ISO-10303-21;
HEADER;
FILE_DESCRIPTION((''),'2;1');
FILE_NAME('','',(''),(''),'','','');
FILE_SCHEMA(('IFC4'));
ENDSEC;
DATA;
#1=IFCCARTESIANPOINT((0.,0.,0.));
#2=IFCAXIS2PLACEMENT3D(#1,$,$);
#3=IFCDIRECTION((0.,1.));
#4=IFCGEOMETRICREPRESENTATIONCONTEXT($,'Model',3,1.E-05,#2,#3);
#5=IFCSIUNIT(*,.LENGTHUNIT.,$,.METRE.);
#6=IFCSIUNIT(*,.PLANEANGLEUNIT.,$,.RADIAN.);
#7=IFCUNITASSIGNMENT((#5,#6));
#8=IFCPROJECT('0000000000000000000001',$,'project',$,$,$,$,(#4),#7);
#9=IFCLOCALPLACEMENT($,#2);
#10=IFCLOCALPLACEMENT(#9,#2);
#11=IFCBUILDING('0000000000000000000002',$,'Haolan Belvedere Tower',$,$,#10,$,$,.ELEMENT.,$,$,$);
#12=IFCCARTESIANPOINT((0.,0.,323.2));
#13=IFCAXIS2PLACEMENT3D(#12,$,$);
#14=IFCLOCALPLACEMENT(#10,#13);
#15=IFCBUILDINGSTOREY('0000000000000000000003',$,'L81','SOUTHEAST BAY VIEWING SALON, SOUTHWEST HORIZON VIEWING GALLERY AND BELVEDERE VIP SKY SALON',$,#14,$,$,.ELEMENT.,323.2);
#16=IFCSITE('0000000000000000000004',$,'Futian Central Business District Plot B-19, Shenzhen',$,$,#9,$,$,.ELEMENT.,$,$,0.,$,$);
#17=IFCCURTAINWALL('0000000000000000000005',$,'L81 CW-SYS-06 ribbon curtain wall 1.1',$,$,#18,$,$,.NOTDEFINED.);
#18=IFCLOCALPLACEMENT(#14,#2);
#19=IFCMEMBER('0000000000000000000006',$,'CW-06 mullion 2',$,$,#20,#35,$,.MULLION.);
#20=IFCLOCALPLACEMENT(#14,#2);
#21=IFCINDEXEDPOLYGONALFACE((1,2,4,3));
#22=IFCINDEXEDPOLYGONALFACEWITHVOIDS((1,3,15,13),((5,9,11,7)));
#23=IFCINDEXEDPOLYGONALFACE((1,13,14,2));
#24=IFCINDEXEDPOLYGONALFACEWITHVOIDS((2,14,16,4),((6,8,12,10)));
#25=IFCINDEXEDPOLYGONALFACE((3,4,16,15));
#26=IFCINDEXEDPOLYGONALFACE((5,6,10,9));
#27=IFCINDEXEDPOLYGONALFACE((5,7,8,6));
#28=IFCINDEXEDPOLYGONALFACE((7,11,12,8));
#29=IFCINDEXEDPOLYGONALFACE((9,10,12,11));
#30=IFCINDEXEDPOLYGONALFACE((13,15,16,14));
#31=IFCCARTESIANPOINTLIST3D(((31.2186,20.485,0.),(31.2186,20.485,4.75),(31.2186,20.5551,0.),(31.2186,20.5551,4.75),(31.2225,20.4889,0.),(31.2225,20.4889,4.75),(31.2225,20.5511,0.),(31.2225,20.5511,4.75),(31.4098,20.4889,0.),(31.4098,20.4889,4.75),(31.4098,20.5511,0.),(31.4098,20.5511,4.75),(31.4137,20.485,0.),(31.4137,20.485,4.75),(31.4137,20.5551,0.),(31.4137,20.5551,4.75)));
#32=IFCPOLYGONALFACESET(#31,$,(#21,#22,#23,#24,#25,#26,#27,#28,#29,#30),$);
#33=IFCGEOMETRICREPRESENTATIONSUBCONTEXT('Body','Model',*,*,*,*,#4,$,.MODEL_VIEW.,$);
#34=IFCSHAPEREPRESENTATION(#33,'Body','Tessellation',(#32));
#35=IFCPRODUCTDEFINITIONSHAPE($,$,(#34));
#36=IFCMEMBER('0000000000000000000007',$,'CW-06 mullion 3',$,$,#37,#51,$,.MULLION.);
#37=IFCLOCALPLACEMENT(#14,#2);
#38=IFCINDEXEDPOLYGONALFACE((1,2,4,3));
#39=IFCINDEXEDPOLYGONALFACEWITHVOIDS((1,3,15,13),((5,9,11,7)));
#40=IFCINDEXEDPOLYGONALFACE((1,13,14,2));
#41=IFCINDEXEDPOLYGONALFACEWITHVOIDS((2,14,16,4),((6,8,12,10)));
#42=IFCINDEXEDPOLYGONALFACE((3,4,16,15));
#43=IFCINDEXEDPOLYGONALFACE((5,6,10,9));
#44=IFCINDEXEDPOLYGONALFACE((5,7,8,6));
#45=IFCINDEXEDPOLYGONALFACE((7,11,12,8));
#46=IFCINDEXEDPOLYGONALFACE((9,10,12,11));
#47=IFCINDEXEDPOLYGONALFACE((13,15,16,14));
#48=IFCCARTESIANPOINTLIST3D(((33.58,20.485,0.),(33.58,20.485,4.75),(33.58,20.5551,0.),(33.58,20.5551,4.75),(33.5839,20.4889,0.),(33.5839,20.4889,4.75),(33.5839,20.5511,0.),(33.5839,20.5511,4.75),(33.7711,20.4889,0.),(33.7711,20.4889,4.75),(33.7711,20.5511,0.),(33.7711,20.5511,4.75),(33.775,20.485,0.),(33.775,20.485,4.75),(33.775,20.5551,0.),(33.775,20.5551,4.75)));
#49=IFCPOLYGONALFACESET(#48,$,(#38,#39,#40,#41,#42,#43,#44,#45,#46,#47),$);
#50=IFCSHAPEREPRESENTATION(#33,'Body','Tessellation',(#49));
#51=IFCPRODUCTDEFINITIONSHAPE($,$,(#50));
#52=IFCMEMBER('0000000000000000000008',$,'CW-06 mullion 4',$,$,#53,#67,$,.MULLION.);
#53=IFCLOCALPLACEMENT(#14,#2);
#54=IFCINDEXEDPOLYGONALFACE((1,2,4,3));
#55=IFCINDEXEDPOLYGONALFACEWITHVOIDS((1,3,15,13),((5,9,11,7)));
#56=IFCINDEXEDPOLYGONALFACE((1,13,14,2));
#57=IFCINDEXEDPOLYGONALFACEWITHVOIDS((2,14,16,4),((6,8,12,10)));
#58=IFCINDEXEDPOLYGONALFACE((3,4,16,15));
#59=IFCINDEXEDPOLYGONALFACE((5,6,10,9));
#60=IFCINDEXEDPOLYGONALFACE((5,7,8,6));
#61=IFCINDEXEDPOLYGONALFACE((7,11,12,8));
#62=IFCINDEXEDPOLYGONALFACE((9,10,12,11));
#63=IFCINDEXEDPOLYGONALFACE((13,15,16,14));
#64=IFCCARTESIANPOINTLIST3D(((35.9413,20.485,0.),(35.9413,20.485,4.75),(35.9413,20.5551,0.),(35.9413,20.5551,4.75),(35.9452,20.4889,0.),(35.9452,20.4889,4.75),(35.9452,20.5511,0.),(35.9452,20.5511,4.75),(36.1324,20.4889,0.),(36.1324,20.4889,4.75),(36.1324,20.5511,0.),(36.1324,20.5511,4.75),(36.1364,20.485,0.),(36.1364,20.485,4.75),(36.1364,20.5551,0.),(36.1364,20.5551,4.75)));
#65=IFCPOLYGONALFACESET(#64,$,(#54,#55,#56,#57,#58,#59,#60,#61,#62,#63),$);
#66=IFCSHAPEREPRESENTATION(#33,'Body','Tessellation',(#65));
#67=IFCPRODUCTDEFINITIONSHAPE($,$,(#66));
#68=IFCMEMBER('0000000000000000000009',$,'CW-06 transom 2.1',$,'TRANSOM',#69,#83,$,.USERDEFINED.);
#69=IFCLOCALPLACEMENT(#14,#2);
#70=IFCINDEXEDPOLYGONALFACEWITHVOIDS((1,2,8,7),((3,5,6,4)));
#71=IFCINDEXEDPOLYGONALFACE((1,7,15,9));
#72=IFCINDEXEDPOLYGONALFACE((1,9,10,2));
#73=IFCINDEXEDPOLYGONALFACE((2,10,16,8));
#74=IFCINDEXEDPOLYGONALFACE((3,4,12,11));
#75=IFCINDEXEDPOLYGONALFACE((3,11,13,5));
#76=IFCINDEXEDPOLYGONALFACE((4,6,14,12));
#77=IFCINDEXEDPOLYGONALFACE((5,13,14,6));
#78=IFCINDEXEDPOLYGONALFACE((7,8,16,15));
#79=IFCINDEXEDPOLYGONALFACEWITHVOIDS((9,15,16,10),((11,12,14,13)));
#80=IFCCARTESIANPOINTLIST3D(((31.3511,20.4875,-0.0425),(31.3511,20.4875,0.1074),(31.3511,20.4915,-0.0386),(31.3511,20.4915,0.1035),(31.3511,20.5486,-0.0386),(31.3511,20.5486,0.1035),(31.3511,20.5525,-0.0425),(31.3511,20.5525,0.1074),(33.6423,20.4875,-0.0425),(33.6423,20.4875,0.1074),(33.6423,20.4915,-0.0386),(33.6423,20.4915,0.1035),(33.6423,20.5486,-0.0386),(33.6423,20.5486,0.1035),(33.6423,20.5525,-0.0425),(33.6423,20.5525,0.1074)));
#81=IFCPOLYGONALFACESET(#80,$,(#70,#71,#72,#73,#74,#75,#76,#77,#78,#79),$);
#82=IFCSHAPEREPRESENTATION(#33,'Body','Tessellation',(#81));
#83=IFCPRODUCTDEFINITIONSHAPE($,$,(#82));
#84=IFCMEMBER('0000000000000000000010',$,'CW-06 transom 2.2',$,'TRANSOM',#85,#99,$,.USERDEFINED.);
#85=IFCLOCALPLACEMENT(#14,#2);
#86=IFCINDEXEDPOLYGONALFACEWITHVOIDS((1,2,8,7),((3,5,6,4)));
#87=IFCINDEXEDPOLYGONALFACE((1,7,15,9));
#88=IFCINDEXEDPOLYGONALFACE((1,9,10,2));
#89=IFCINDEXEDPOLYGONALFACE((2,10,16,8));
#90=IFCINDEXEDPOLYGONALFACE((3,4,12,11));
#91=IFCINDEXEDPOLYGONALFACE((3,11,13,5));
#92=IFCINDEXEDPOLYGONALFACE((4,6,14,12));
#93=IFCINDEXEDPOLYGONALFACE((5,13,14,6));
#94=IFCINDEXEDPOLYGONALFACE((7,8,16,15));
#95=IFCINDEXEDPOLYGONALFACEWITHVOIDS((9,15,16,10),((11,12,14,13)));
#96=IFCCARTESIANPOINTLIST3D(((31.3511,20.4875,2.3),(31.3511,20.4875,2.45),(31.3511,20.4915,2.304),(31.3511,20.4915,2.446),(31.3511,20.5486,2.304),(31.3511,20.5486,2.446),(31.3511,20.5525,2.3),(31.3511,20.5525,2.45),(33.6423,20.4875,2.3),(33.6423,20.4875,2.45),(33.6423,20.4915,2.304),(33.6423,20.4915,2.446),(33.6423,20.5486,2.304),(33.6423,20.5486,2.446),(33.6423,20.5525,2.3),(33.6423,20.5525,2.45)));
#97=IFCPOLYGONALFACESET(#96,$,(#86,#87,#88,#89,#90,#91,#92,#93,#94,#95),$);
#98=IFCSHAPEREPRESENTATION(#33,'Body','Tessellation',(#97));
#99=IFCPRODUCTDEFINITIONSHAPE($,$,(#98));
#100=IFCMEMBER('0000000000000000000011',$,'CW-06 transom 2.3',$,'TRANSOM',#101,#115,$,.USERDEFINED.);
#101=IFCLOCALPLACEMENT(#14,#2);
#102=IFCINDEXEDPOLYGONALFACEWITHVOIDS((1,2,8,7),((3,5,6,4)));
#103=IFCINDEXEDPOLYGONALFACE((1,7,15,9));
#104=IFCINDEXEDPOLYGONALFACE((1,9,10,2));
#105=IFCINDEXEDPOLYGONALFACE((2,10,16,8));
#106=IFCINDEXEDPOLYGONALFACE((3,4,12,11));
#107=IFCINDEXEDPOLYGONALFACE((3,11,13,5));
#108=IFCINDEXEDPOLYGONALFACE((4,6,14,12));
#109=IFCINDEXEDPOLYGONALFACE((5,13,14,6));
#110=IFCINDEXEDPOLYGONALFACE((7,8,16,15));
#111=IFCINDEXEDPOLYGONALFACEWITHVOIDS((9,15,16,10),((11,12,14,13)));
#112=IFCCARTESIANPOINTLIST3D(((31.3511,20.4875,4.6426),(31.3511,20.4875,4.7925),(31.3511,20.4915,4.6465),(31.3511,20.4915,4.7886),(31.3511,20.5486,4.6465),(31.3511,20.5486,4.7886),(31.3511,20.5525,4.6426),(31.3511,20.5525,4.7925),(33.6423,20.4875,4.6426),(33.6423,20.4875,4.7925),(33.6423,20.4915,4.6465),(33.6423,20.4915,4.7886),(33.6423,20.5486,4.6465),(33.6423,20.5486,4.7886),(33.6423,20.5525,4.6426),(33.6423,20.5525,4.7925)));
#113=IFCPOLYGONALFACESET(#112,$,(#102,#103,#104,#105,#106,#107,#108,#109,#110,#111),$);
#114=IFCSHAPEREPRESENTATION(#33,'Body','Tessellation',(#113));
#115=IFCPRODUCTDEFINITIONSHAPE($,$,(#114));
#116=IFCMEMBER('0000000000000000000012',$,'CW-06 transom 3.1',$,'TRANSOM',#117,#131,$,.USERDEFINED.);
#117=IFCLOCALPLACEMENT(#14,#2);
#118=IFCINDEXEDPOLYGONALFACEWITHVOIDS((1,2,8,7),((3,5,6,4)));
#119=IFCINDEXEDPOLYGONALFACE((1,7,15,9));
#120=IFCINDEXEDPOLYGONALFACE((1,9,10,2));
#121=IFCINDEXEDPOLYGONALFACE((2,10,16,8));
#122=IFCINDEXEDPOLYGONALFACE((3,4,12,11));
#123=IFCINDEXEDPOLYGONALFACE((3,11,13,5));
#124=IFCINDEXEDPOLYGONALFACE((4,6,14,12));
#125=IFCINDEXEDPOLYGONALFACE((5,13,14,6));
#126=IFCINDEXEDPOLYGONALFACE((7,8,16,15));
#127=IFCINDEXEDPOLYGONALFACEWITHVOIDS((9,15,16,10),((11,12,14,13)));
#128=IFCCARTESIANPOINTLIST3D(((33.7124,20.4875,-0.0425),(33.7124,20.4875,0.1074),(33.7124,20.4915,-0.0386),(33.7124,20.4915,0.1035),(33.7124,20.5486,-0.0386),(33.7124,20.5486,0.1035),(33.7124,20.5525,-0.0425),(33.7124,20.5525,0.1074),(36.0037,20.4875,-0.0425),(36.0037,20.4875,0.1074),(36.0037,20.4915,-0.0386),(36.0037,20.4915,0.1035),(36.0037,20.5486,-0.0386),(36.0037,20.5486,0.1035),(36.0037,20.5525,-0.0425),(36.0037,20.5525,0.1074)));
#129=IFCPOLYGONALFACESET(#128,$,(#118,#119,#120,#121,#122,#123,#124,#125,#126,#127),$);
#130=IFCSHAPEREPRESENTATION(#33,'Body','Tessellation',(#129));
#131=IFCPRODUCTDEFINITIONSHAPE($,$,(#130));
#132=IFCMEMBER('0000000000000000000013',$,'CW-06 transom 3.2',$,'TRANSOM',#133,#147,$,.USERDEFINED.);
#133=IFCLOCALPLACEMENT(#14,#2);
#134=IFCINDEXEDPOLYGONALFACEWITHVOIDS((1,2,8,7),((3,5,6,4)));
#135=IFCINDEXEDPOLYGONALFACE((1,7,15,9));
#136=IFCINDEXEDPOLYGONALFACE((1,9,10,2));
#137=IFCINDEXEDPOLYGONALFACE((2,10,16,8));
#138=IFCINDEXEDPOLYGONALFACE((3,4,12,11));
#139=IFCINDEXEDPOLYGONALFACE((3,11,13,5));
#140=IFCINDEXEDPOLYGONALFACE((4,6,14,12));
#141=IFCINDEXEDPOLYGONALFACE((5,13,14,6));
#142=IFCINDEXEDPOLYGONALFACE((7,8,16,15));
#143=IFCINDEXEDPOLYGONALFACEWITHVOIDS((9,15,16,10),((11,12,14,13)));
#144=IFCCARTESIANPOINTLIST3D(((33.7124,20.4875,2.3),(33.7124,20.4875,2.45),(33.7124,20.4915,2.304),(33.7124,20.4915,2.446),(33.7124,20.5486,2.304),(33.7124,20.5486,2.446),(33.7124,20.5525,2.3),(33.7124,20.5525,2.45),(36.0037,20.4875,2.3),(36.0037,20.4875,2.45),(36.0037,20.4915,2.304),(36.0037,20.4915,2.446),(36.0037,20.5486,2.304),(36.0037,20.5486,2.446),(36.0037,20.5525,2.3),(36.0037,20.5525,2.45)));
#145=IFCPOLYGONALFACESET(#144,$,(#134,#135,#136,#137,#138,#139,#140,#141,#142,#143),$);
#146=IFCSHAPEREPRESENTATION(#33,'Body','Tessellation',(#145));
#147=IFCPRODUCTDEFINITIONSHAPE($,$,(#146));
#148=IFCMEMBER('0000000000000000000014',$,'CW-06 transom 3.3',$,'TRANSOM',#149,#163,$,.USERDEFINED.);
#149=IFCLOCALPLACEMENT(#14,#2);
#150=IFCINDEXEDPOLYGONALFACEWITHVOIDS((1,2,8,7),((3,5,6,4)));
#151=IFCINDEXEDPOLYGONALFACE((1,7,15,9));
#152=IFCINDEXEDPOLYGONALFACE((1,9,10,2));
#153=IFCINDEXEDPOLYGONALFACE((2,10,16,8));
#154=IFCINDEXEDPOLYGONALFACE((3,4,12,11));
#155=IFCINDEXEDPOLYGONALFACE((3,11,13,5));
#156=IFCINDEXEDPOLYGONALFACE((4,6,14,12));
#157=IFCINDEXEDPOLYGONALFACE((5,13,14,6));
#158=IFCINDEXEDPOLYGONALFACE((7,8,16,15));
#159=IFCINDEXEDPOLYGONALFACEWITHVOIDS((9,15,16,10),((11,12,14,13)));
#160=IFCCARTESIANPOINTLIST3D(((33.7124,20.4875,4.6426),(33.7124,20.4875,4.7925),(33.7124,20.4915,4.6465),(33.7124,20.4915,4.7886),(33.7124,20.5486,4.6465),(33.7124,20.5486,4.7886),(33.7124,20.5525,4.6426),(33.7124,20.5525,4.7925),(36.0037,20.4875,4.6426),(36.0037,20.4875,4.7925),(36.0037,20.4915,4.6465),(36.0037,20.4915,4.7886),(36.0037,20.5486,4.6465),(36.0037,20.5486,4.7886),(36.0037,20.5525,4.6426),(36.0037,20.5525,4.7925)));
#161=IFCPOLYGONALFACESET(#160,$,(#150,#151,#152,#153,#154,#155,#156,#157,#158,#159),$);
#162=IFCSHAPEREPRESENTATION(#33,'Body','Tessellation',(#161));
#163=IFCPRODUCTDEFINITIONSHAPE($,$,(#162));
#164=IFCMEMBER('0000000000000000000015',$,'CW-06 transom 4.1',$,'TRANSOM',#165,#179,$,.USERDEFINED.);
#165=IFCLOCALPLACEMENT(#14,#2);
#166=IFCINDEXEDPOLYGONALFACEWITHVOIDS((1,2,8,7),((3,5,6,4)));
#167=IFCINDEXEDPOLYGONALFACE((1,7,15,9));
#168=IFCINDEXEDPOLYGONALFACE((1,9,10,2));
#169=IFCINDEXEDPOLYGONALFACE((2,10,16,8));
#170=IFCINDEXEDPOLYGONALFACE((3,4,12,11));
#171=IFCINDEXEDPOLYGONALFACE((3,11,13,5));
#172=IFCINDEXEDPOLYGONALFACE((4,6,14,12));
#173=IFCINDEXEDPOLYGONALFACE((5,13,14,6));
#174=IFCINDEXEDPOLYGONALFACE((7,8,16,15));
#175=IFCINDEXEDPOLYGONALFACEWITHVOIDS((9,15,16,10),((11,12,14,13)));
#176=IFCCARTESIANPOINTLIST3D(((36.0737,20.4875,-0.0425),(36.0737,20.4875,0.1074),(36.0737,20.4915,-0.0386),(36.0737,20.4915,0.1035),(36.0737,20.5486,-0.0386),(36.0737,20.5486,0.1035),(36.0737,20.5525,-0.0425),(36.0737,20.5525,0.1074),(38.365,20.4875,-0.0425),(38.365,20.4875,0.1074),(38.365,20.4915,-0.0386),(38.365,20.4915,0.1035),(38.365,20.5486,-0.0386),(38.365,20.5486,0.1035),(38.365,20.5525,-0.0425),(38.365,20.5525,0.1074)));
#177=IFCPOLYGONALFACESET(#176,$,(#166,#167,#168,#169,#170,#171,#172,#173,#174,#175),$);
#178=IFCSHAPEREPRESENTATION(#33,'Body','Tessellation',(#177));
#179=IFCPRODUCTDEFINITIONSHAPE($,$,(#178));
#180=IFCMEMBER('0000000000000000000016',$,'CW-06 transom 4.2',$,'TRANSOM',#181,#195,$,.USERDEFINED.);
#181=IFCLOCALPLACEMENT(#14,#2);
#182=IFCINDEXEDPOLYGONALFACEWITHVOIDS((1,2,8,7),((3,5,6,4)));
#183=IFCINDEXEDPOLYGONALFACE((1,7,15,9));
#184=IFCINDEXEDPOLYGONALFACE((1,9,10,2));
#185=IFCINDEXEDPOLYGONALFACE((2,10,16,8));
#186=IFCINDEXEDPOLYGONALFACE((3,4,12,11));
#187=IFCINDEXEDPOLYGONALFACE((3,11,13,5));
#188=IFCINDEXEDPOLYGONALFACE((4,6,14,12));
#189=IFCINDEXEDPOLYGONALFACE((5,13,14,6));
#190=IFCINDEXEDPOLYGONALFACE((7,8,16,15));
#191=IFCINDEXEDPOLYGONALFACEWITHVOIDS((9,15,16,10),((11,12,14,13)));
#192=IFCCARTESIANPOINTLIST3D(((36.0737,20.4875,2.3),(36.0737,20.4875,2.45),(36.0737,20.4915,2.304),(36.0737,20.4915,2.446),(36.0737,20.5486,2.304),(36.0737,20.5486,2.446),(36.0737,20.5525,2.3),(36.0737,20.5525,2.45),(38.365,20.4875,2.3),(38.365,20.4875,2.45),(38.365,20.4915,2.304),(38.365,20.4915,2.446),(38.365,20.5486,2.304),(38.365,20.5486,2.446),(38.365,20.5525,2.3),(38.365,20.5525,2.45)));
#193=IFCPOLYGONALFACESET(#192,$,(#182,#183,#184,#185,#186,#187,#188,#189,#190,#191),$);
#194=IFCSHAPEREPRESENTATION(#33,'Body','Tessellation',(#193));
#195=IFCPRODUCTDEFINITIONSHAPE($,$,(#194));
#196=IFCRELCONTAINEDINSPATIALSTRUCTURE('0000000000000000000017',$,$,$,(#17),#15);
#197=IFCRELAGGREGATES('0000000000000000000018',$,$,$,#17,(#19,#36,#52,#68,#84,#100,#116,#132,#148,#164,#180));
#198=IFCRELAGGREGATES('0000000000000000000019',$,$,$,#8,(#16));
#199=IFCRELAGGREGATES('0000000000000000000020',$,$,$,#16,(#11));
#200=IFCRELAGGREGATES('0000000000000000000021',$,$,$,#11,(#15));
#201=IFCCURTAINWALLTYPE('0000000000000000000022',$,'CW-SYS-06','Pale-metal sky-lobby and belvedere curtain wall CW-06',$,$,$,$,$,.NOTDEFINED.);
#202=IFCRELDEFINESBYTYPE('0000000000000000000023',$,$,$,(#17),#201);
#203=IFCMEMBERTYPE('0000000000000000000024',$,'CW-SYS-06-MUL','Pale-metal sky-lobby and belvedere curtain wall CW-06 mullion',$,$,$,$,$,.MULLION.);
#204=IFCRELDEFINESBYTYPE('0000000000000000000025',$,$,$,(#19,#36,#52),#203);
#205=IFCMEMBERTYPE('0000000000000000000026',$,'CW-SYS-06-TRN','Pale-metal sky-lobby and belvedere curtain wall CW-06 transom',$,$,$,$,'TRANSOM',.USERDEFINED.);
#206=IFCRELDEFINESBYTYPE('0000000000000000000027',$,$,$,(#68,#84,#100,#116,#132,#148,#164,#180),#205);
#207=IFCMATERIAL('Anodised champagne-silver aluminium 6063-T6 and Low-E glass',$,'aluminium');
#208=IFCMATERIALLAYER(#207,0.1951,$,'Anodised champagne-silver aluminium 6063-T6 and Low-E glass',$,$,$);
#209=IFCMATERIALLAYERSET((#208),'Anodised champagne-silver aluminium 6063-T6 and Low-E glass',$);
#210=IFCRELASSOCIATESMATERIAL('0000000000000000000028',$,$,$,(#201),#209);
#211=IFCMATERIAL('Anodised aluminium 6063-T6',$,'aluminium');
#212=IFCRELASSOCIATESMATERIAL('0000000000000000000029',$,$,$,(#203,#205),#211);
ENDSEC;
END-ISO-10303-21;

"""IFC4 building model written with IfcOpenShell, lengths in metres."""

from ifc_helpers import new_model, si_unit, direction, frame, origin, origin_2d, place, context, subcontext, project, spatial, hollow_rectangle, extrude, material, layer, layer_set, material_profile, profile_set, type_object, element, aggregate, save


model = new_model("IFC4")

# Units and contexts
model_context = context("Model", 3, precision=1e-05, world=origin(), true_north=direction((0.0, 1.0)))
body_context = subcontext(model_context, "Body", "Model", "MODEL_VIEW")
ifc_project = project(units=[si_unit("LENGTHUNIT", "METRE"), si_unit("PLANEANGLEUNIT", "RADIAN")], contexts=[model_context])

# Site, building, storey
site_placement = place(None, origin())
site = spatial("IfcSite", under=ifc_project, at=site_placement, Name="Futian Central Business District Plot B-19, Shenzhen", CompositionType="ELEMENT", RefElevation=0.0)
building_placement = place(site_placement, origin())
building = spatial("IfcBuilding", under=site, at=building_placement, Name="Haolan Belvedere Tower", CompositionType="ELEMENT")
storey_placement = place(building_placement, frame((0.0, 0.0, 323.2)))
storey = spatial("IfcBuildingStorey", under=building, at=storey_placement, Name="L81", Description="SOUTHEAST BAY VIEWING SALON, SOUTHWEST HORIZON VIEWING GALLERY AND BELVEDERE VIP SKY SALON", CompositionType="ELEMENT", Elevation=323.2)

# Curtain wall, members
ifc_material_1 = material(Name="Anodised champagne-silver aluminium 6063-T6 and Low-E glass", Category="aluminium")
ifc_layer_1 = layer(ifc_material_1, 0.1951, Name="Anodised champagne-silver aluminium 6063-T6 and Low-E glass")
ifc_layer_set_1 = layer_set([ifc_layer_1], Name="Anodised champagne-silver aluminium 6063-T6 and Low-E glass")
curtain_wall_type = type_object("IfcCurtainWallType", Name="CW-SYS-06", Description="Pale-metal sky-lobby and belvedere curtain wall CW-06", PredefinedType="NOTDEFINED", material=ifc_layer_set_1)
curtain_wall_placement = place(storey_placement, origin())
curtain_wall = element("IfcCurtainWall", 1, at=curtain_wall_placement, inside=storey, type_object=curtain_wall_type, Name="L81 CW-SYS-06 ribbon curtain wall 1.1", PredefinedType="NOTDEFINED")
ifc_material_2 = material(Name="Anodised aluminium 6063-T6", Category="aluminium")
ifc_material_profile_1 = material_profile(ifc_material_2, hollow_rectangle(XDim=0.0701, YDim=0.1951, WallThickness=0.0039, at=origin_2d()), Name="Anodised aluminium 6063-T6")
ifc_profile_set_1 = profile_set([ifc_material_profile_1], Name="Anodised aluminium 6063-T6")
member_type_1 = type_object("IfcMemberType", Name="CW-SYS-06-MUL", Description="Pale-metal sky-lobby and belvedere curtain wall CW-06 mullion", PredefinedType="MULLION", material=ifc_profile_set_1)
member_1_placement = place(storey_placement, frame((31.3162, 20.52, 0.0), z_axis=(0.0, 0.0, 1.0), x_axis=(0.0, 1.0, 0.0)))
member_1 = element("IfcMember", 2, at=member_1_placement, type_object=member_type_1, Name="CW-06 mullion 2", PredefinedType="MULLION", context=body_context, shape_type="SweptSolid", body=[
    extrude(hollow_rectangle(XDim=0.0701, YDim=0.1951, WallThickness=0.0039, at=origin_2d()), origin(), (0.0, 0.0, 1.0), 4.75),
])
member_2_placement = place(storey_placement, frame((33.6775, 20.52, 0.0), z_axis=(0.0, 0.0, 1.0), x_axis=(0.0, 1.0, 0.0)))
member_2 = element("IfcMember", 3, at=member_2_placement, type_object=member_type_1, Name="CW-06 mullion 3", PredefinedType="MULLION", context=body_context, shape_type="SweptSolid", body=[
    extrude(hollow_rectangle(XDim=0.0701, YDim=0.1951, WallThickness=0.0039, at=origin_2d()), origin(), (0.0, 0.0, 1.0), 4.75),
])
member_3_placement = place(storey_placement, frame((36.0388, 20.52, 0.0), z_axis=(0.0, 0.0, 1.0), x_axis=(0.0, 1.0, 0.0)))
member_3 = element("IfcMember", 4, at=member_3_placement, type_object=member_type_1, Name="CW-06 mullion 4", PredefinedType="MULLION", context=body_context, shape_type="SweptSolid", body=[
    extrude(hollow_rectangle(XDim=0.0701, YDim=0.1951, WallThickness=0.0039, at=origin_2d()), origin(), (0.0, 0.0, 1.0), 4.75),
])
ifc_material_profile_2 = material_profile(ifc_material_2, hollow_rectangle(XDim=0.0649, YDim=0.1499, WallThickness=0.0039, at=origin_2d()), Name="Anodised aluminium 6063-T6")
ifc_profile_set_2 = profile_set([ifc_material_profile_2], Name="Anodised aluminium 6063-T6")
member_type_2 = type_object("IfcMemberType", Name="CW-SYS-06-TRN", Description="Pale-metal sky-lobby and belvedere curtain wall CW-06 transom", ElementType="TRANSOM", PredefinedType="USERDEFINED", material=ifc_profile_set_2)
member_4_placement = place(storey_placement, frame((31.3511, 20.52, 0.0325), z_axis=(1.0, 0.0, 0.0), x_axis=(0.0, 1.0, 0.0)))
member_4 = element("IfcMember", 5, at=member_4_placement, type_object=member_type_2, Name="CW-06 transom 2.1", ObjectType="TRANSOM", PredefinedType="USERDEFINED", context=body_context, shape_type="SweptSolid", body=[
    extrude(hollow_rectangle(XDim=0.0649, YDim=0.1499, WallThickness=0.0039, at=origin_2d()), origin(), (0.0, 0.0, 1.0), 2.2913),
])
member_5_placement = place(storey_placement, frame((31.3511, 20.52, 2.375), z_axis=(1.0, 0.0, 0.0), x_axis=(0.0, 1.0, 0.0)))
member_5 = element("IfcMember", 6, at=member_5_placement, type_object=member_type_2, Name="CW-06 transom 2.2", ObjectType="TRANSOM", PredefinedType="USERDEFINED", context=body_context, shape_type="SweptSolid", body=[
    extrude(hollow_rectangle(XDim=0.0649, YDim=0.1499, WallThickness=0.0039, at=origin_2d()), origin(), (0.0, 0.0, 1.0), 2.2913),
])
member_6_placement = place(storey_placement, frame((31.3511, 20.52, 4.7175), z_axis=(1.0, 0.0, 0.0), x_axis=(0.0, 1.0, 0.0)))
member_6 = element("IfcMember", 7, at=member_6_placement, type_object=member_type_2, Name="CW-06 transom 2.3", ObjectType="TRANSOM", PredefinedType="USERDEFINED", context=body_context, shape_type="SweptSolid", body=[
    extrude(hollow_rectangle(XDim=0.0649, YDim=0.1499, WallThickness=0.0039, at=origin_2d()), origin(), (0.0, 0.0, 1.0), 2.2913),
])
member_7_placement = place(storey_placement, frame((33.7124, 20.52, 0.0325), z_axis=(1.0, 0.0, 0.0), x_axis=(0.0, 1.0, 0.0)))
member_7 = element("IfcMember", 8, at=member_7_placement, type_object=member_type_2, Name="CW-06 transom 3.1", ObjectType="TRANSOM", PredefinedType="USERDEFINED", context=body_context, shape_type="SweptSolid", body=[
    extrude(hollow_rectangle(XDim=0.0649, YDim=0.1499, WallThickness=0.0039, at=origin_2d()), origin(), (0.0, 0.0, 1.0), 2.2913),
])
member_8_placement = place(storey_placement, frame((33.7124, 20.52, 2.375), z_axis=(1.0, 0.0, 0.0), x_axis=(0.0, 1.0, 0.0)))
member_8 = element("IfcMember", 9, at=member_8_placement, type_object=member_type_2, Name="CW-06 transom 3.2", ObjectType="TRANSOM", PredefinedType="USERDEFINED", context=body_context, shape_type="SweptSolid", body=[
    extrude(hollow_rectangle(XDim=0.0649, YDim=0.1499, WallThickness=0.0039, at=origin_2d()), origin(), (0.0, 0.0, 1.0), 2.2913),
])
member_9_placement = place(storey_placement, frame((33.7124, 20.52, 4.7175), z_axis=(1.0, 0.0, 0.0), x_axis=(0.0, 1.0, 0.0)))
member_9 = element("IfcMember", 10, at=member_9_placement, type_object=member_type_2, Name="CW-06 transom 3.3", ObjectType="TRANSOM", PredefinedType="USERDEFINED", context=body_context, shape_type="SweptSolid", body=[
    extrude(hollow_rectangle(XDim=0.0649, YDim=0.1499, WallThickness=0.0039, at=origin_2d()), origin(), (0.0, 0.0, 1.0), 2.2913),
])
member_10_placement = place(storey_placement, frame((36.0737, 20.52, 0.0325), z_axis=(1.0, 0.0, 0.0), x_axis=(0.0, 1.0, 0.0)))
member_10 = element("IfcMember", 11, at=member_10_placement, type_object=member_type_2, Name="CW-06 transom 4.1", ObjectType="TRANSOM", PredefinedType="USERDEFINED", context=body_context, shape_type="SweptSolid", body=[
    extrude(hollow_rectangle(XDim=0.0649, YDim=0.1499, WallThickness=0.0039, at=origin_2d()), origin(), (0.0, 0.0, 1.0), 2.2913),
])
member_11_placement = place(storey_placement, frame((36.0737, 20.52, 2.375), z_axis=(1.0, 0.0, 0.0), x_axis=(0.0, 1.0, 0.0)))
member_11 = element("IfcMember", 12, at=member_11_placement, type_object=member_type_2, Name="CW-06 transom 4.2", ObjectType="TRANSOM", PredefinedType="USERDEFINED", context=body_context, shape_type="SweptSolid", body=[
    extrude(hollow_rectangle(XDim=0.0649, YDim=0.1499, WallThickness=0.0039, at=origin_2d()), origin(), (0.0, 0.0, 1.0), 2.2913),
])
aggregate(curtain_wall, [member_1, member_2, member_3, member_4, member_5, member_6, member_7, member_8, member_9, member_10, member_11])

save(model, "model.ifc")
